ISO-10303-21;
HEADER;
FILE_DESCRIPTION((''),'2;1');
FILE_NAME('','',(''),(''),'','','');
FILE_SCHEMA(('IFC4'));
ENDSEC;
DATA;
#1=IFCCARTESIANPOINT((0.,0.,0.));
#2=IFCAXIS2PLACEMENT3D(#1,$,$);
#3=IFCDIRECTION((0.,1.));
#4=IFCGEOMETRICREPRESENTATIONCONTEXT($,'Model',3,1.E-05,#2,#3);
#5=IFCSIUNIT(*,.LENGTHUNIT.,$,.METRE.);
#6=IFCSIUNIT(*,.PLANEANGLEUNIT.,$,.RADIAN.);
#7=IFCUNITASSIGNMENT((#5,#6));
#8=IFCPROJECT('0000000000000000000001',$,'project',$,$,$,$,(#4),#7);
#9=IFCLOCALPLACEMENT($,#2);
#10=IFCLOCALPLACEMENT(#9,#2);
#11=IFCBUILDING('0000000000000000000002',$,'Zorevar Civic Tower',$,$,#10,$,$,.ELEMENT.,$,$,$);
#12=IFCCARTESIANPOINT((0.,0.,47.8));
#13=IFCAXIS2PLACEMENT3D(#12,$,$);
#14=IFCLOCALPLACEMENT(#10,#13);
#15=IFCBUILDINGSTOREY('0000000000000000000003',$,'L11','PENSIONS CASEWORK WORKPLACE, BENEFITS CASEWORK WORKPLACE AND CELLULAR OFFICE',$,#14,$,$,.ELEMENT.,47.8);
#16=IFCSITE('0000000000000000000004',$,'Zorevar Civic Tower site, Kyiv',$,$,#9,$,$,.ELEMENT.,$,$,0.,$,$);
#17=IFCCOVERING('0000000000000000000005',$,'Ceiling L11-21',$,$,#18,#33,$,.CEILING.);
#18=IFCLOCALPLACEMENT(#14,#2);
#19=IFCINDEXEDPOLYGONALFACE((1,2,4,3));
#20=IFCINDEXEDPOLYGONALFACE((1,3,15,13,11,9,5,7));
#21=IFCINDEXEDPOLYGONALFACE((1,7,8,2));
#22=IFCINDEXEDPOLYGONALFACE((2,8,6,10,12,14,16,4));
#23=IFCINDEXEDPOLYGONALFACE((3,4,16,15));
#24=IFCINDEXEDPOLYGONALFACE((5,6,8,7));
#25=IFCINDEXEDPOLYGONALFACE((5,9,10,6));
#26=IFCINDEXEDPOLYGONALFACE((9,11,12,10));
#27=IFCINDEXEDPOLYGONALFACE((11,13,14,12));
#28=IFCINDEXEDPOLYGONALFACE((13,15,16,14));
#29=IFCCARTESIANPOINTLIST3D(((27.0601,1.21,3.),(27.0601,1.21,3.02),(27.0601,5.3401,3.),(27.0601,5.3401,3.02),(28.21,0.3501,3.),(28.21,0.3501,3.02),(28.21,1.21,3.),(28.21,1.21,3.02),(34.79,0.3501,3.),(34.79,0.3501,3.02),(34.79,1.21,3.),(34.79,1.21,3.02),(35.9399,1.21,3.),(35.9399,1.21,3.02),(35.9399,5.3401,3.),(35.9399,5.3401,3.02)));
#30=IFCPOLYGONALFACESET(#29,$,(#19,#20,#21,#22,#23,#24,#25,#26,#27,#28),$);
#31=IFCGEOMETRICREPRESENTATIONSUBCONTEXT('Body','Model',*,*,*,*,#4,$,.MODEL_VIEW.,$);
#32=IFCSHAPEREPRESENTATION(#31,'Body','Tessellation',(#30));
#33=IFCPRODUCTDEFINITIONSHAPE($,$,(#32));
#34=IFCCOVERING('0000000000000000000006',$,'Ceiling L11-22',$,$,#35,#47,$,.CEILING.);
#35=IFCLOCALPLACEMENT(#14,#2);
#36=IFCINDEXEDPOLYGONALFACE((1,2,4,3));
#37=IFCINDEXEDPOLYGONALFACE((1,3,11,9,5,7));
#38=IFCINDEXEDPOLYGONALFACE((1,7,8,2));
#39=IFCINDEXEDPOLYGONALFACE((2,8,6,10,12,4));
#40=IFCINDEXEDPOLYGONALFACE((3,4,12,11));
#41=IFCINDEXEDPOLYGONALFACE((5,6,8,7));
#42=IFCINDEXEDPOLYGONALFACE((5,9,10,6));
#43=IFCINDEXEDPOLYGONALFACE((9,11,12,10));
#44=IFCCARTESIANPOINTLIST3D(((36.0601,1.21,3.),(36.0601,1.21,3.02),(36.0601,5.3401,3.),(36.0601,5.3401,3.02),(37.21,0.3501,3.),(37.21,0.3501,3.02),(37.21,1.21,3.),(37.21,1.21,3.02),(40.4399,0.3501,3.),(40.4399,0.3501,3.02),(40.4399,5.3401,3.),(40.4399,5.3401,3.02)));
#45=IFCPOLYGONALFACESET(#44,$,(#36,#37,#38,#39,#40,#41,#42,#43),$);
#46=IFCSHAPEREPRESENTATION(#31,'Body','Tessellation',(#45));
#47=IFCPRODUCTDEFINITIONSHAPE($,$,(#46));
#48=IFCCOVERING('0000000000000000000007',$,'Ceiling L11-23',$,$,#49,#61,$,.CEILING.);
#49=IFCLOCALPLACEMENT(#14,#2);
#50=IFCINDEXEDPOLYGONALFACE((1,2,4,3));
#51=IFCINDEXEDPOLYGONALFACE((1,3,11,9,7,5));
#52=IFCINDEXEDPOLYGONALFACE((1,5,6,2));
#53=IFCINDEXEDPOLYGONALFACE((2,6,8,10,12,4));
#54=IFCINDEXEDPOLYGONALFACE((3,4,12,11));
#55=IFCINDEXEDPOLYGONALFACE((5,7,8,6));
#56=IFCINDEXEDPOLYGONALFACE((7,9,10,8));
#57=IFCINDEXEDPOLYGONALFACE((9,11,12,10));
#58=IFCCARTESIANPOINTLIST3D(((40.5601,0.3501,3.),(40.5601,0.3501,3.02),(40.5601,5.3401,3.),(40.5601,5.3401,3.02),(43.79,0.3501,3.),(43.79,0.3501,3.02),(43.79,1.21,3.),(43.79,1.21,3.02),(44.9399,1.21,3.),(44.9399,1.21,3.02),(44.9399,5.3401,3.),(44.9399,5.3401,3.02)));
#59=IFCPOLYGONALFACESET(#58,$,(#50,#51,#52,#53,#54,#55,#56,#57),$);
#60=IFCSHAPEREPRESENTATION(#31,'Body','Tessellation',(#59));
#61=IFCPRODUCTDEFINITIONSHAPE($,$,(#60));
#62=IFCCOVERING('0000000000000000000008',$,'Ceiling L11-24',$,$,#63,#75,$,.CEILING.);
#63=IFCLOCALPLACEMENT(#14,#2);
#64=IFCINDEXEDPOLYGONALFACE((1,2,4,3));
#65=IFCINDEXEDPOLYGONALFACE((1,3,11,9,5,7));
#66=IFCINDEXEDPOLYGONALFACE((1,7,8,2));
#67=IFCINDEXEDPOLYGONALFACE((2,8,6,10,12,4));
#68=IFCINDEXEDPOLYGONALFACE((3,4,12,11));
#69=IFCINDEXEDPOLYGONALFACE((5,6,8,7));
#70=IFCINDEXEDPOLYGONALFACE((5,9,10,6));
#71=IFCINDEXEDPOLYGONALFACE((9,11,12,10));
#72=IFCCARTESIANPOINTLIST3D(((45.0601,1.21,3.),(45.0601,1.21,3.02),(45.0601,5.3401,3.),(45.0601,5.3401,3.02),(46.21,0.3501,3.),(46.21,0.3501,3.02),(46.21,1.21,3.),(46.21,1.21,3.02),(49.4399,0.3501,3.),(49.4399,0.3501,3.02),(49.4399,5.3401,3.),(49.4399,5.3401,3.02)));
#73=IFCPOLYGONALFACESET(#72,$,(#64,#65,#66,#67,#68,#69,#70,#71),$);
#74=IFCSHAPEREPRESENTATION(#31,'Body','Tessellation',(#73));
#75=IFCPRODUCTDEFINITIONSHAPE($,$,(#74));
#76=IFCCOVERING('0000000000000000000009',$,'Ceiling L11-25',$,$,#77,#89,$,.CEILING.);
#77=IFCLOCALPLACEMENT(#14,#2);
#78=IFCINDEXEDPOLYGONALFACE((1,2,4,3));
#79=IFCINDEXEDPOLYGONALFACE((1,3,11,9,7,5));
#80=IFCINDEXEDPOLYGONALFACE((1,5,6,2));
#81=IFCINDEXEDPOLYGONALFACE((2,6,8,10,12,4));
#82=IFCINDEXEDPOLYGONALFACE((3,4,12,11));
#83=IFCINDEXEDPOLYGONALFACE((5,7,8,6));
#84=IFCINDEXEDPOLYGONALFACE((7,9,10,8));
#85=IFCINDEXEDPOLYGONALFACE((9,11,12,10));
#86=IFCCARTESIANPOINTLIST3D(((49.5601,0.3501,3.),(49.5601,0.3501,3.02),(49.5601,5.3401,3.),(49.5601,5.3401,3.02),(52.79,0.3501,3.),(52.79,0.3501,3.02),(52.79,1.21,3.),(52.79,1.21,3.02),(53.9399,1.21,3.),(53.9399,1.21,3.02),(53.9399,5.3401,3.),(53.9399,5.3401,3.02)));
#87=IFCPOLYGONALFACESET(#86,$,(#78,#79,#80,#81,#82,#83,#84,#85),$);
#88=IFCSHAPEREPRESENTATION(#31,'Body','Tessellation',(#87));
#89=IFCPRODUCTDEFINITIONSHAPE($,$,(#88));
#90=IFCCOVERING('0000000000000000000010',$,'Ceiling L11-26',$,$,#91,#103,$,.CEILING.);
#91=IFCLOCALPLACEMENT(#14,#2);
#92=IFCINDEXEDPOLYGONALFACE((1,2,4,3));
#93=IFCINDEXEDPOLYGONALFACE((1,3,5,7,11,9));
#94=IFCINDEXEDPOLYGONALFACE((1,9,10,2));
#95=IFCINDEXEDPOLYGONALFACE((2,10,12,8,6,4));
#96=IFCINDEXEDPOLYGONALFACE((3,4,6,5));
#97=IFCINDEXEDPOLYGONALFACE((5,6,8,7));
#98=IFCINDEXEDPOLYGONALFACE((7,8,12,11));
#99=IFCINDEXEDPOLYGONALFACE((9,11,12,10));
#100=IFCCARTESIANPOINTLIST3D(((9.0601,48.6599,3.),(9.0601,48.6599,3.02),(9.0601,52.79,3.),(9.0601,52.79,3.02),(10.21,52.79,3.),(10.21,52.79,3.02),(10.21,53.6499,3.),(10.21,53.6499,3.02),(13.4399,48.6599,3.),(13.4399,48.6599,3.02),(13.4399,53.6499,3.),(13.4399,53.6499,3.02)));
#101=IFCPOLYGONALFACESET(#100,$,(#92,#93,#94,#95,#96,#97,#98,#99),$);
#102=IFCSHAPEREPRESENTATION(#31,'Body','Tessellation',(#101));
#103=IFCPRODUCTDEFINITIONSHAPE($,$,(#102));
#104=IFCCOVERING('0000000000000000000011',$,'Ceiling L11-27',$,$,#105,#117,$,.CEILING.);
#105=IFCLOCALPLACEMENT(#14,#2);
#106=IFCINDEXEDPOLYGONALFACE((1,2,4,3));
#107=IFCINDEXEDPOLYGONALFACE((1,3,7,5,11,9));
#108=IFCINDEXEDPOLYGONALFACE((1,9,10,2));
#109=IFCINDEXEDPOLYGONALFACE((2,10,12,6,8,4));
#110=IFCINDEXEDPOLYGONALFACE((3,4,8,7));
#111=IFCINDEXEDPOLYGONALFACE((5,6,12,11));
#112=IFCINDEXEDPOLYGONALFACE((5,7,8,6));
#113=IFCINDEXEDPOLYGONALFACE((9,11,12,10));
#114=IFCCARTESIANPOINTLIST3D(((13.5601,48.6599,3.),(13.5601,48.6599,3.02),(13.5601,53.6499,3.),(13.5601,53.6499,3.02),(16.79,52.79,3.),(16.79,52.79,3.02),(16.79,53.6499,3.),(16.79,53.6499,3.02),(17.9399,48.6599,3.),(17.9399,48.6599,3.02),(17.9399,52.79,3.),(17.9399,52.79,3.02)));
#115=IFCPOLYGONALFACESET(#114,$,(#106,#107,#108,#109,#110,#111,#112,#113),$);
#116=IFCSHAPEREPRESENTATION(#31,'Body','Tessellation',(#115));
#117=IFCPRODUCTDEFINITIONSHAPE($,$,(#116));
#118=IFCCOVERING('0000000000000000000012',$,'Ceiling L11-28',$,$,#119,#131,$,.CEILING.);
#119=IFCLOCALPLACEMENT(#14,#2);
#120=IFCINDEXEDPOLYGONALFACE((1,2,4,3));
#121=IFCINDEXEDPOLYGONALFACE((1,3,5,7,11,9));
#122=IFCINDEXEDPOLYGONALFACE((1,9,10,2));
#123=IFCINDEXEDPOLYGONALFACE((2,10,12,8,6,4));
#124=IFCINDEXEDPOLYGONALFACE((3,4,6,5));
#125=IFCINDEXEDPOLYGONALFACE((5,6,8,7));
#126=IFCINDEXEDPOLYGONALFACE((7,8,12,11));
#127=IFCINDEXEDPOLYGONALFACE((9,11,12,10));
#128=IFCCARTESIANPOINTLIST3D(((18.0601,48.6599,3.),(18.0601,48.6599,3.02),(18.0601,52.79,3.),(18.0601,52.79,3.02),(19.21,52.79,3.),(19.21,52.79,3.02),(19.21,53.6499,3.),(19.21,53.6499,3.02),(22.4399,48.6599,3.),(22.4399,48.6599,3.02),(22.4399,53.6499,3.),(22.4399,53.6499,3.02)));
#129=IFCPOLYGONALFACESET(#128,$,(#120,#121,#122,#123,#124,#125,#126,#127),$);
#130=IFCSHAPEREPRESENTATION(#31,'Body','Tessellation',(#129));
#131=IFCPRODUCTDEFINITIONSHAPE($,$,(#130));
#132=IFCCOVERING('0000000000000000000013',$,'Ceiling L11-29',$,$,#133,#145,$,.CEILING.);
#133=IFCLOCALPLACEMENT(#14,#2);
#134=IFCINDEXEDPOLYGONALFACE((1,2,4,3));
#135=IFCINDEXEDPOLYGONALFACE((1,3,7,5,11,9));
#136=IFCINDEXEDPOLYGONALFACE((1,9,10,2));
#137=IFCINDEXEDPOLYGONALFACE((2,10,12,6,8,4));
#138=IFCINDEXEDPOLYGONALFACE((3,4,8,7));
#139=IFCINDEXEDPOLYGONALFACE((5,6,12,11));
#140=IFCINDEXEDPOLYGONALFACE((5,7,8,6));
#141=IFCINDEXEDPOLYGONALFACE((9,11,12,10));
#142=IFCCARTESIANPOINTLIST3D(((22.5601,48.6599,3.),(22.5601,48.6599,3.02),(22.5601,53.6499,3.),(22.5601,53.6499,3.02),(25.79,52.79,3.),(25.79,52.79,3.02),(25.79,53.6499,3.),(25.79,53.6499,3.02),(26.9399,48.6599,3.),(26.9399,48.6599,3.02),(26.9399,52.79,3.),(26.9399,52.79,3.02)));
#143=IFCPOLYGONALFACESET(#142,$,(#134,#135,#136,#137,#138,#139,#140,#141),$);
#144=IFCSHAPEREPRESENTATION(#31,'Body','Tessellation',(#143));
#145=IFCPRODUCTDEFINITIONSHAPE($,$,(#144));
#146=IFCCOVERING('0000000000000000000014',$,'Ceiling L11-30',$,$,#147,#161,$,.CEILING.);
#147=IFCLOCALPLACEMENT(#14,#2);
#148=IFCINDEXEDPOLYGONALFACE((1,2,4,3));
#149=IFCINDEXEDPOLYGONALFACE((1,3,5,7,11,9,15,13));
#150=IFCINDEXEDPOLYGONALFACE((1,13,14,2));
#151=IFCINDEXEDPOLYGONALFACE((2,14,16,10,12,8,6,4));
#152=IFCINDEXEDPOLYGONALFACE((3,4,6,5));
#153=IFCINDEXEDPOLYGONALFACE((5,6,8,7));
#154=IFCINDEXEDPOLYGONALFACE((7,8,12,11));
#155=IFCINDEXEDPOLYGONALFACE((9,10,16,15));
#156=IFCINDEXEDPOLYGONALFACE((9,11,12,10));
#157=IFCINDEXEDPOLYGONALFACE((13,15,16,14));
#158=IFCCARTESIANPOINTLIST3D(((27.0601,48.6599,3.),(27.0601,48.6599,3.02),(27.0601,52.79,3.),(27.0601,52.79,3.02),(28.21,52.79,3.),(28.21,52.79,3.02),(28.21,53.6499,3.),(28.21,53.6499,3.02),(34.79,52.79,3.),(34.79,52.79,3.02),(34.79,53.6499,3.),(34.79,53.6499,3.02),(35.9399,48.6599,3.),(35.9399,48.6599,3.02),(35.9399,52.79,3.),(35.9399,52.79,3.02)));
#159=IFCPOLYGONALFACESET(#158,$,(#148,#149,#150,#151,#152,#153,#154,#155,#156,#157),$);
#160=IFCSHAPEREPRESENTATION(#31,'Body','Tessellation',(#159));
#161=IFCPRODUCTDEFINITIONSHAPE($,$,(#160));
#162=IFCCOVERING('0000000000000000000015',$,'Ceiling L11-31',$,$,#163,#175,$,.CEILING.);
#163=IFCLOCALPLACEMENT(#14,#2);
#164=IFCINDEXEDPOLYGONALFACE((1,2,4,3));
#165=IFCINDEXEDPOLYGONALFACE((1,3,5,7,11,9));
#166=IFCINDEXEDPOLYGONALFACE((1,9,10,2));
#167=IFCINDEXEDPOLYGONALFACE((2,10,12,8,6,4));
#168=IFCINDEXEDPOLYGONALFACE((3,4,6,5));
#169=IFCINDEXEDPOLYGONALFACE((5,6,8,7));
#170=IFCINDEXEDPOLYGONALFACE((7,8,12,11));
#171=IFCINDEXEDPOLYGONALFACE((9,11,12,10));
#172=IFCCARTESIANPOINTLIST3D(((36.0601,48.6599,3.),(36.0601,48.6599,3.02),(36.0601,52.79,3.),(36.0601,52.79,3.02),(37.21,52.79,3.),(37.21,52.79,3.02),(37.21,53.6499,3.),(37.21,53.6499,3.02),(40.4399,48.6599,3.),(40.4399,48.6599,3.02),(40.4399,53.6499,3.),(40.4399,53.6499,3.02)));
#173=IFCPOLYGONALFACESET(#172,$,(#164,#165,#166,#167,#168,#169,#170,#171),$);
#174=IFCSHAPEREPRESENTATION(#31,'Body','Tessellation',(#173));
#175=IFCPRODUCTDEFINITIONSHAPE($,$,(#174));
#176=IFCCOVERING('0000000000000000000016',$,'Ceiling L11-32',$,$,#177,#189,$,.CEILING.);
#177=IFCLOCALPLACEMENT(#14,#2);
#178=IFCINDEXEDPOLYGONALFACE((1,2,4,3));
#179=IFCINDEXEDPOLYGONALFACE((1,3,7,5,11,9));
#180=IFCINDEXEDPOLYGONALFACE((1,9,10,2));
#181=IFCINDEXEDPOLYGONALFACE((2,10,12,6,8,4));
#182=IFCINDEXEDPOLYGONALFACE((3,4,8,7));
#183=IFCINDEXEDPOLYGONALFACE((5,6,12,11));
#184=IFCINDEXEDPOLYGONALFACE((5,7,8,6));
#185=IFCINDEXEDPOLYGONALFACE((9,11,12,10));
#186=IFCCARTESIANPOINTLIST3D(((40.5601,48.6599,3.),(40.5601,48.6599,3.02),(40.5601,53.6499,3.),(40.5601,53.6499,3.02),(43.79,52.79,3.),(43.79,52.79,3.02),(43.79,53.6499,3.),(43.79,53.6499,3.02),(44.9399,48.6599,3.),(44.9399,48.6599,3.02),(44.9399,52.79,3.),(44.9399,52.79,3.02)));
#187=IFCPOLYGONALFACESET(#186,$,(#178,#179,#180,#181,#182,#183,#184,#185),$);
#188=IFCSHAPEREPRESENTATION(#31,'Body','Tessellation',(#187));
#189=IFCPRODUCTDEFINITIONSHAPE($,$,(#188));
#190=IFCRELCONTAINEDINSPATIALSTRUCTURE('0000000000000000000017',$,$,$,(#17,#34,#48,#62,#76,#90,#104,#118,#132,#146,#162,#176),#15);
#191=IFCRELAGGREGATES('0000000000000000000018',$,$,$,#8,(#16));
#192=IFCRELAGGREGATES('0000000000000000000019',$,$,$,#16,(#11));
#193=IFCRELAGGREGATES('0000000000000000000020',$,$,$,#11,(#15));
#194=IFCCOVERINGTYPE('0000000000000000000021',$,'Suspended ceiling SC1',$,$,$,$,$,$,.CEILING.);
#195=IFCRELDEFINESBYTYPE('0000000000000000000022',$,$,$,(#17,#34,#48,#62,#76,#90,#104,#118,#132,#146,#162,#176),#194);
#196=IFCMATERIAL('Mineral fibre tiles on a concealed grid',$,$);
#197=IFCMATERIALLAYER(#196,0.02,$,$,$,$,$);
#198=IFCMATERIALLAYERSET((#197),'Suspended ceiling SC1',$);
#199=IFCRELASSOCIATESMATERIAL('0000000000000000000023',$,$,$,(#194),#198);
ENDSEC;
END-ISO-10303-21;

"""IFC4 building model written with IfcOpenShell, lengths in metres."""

from ifc_helpers import new_model, si_unit, direction, frame, origin, place, context, subcontext, project, spatial, polyline, outline, extrude, material, layer, layer_set, type_object, element, save


model = new_model("IFC4")

# Units and contexts
model_context = context("Model", 3, precision=1e-05, world=origin(), true_north=direction((0.0, 1.0)))
body_context = subcontext(model_context, "Body", "Model", "MODEL_VIEW")
ifc_project = project(units=[si_unit("LENGTHUNIT", "METRE"), si_unit("PLANEANGLEUNIT", "RADIAN")], contexts=[model_context])

# Site, building, storey
site_placement = place(None, origin())
site = spatial("IfcSite", under=ifc_project, at=site_placement, Name="Zorevar Civic Tower site, Kyiv", CompositionType="ELEMENT", RefElevation=0.0)
building_placement = place(site_placement, origin())
building = spatial("IfcBuilding", under=site, at=building_placement, Name="Zorevar Civic Tower", CompositionType="ELEMENT")
storey_placement = place(building_placement, frame((0.0, 0.0, 47.8)))
storey = spatial("IfcBuildingStorey", under=building, at=storey_placement, Name="L11", Description="PENSIONS CASEWORK WORKPLACE, BENEFITS CASEWORK WORKPLACE AND CELLULAR OFFICE", CompositionType="ELEMENT", Elevation=47.8)

# Coverings
ifc_material_1 = material(Name="Mineral fibre tiles on a concealed grid")
ifc_layer_1 = layer(ifc_material_1, 0.02)
ifc_layer_set_1 = layer_set([ifc_layer_1], Name="Suspended ceiling SC1")
covering_type_1 = type_object("IfcCoveringType", Name="Suspended ceiling SC1", PredefinedType="CEILING", material=ifc_layer_set_1)
covering_1_placement = place(storey_placement, frame((0.0, 0.0, 3.0)))
element("IfcCovering", 1, at=covering_1_placement, inside=storey, type_object=covering_type_1, Name="Ceiling L11-21", PredefinedType="CEILING", context=body_context, shape_type="SweptSolid", body=[
    extrude(outline(polyline([(28.21, 0.3501), (28.21, 1.21), (27.0601, 1.21), (27.0601, 5.3401), (35.9399, 5.3401), (35.9399, 1.21), (34.79, 1.21), (34.79, 0.3501), (28.21, 0.3501)])), origin(), (0.0, 0.0, 1.0), 0.02),
])
covering_2_placement = place(storey_placement, frame((0.0, 0.0, 3.0)))
element("IfcCovering", 2, at=covering_2_placement, inside=storey, type_object=covering_type_1, Name="Ceiling L11-22", PredefinedType="CEILING", context=body_context, shape_type="SweptSolid", body=[
    extrude(outline(polyline([(40.4399, 5.3401), (40.4399, 0.3501), (37.21, 0.3501), (37.21, 1.21), (36.0601, 1.21), (36.0601, 5.3401), (40.4399, 5.3401)])), origin(), (0.0, 0.0, 1.0), 0.02),
])
covering_3_placement = place(storey_placement, frame((0.0, 0.0, 3.0)))
element("IfcCovering", 3, at=covering_3_placement, inside=storey, type_object=covering_type_1, Name="Ceiling L11-23", PredefinedType="CEILING", context=body_context, shape_type="SweptSolid", body=[
    extrude(outline(polyline([(44.9399, 5.3401), (44.9399, 1.21), (43.79, 1.21), (43.79, 0.3501), (40.5601, 0.3501), (40.5601, 5.3401), (44.9399, 5.3401)])), origin(), (0.0, 0.0, 1.0), 0.02),
])
covering_4_placement = place(storey_placement, frame((0.0, 0.0, 3.0)))
element("IfcCovering", 4, at=covering_4_placement, inside=storey, type_object=covering_type_1, Name="Ceiling L11-24", PredefinedType="CEILING", context=body_context, shape_type="SweptSolid", body=[
    extrude(outline(polyline([(49.4399, 5.3401), (49.4399, 0.3501), (46.21, 0.3501), (46.21, 1.21), (45.0601, 1.21), (45.0601, 5.3401), (49.4399, 5.3401)])), origin(), (0.0, 0.0, 1.0), 0.02),
])
covering_5_placement = place(storey_placement, frame((0.0, 0.0, 3.0)))
element("IfcCovering", 5, at=covering_5_placement, inside=storey, type_object=covering_type_1, Name="Ceiling L11-25", PredefinedType="CEILING", context=body_context, shape_type="SweptSolid", body=[
    extrude(outline(polyline([(53.9399, 5.3401), (53.9399, 1.21), (52.79, 1.21), (52.79, 0.3501), (49.5601, 0.3501), (49.5601, 5.3401), (53.9399, 5.3401)])), origin(), (0.0, 0.0, 1.0), 0.02),
])
covering_6_placement = place(storey_placement, frame((0.0, 0.0, 3.0)))
element("IfcCovering", 6, at=covering_6_placement, inside=storey, type_object=covering_type_1, Name="Ceiling L11-26", PredefinedType="CEILING", context=body_context, shape_type="SweptSolid", body=[
    extrude(outline(polyline([(9.0601, 48.6599), (9.0601, 52.79), (10.21, 52.79), (10.21, 53.6499), (13.4399, 53.6499), (13.4399, 48.6599), (9.0601, 48.6599)])), origin(), (0.0, 0.0, 1.0), 0.02),
])
covering_7_placement = place(storey_placement, frame((0.0, 0.0, 3.0)))
element("IfcCovering", 7, at=covering_7_placement, inside=storey, type_object=covering_type_1, Name="Ceiling L11-27", PredefinedType="CEILING", context=body_context, shape_type="SweptSolid", body=[
    extrude(outline(polyline([(13.5601, 48.6599), (13.5601, 53.6499), (16.79, 53.6499), (16.79, 52.79), (17.9399, 52.79), (17.9399, 48.6599), (13.5601, 48.6599)])), origin(), (0.0, 0.0, 1.0), 0.02),
])
covering_8_placement = place(storey_placement, frame((0.0, 0.0, 3.0)))
element("IfcCovering", 8, at=covering_8_placement, inside=storey, type_object=covering_type_1, Name="Ceiling L11-28", PredefinedType="CEILING", context=body_context, shape_type="SweptSolid", body=[
    extrude(outline(polyline([(18.0601, 48.6599), (18.0601, 52.79), (19.21, 52.79), (19.21, 53.6499), (22.4399, 53.6499), (22.4399, 48.6599), (18.0601, 48.6599)])), origin(), (0.0, 0.0, 1.0), 0.02),
])
covering_9_placement = place(storey_placement, frame((0.0, 0.0, 3.0)))
element("IfcCovering", 9, at=covering_9_placement, inside=storey, type_object=covering_type_1, Name="Ceiling L11-29", PredefinedType="CEILING", context=body_context, shape_type="SweptSolid", body=[
    extrude(outline(polyline([(22.5601, 48.6599), (22.5601, 53.6499), (25.79, 53.6499), (25.79, 52.79), (26.9399, 52.79), (26.9399, 48.6599), (22.5601, 48.6599)])), origin(), (0.0, 0.0, 1.0), 0.02),
])
covering_10_placement = place(storey_placement, frame((0.0, 0.0, 3.0)))
element("IfcCovering", 10, at=covering_10_placement, inside=storey, type_object=covering_type_1, Name="Ceiling L11-30", PredefinedType="CEILING", context=body_context, shape_type="SweptSolid", body=[
    extrude(outline(polyline([(28.21, 52.79), (28.21, 53.6499), (34.79, 53.6499), (34.79, 52.79), (35.9399, 52.79), (35.9399, 48.6599), (27.0601, 48.6599), (27.0601, 52.79), (28.21, 52.79)])), origin(), (0.0, 0.0, 1.0), 0.02),
])
covering_11_placement = place(storey_placement, frame((0.0, 0.0, 3.0)))
element("IfcCovering", 11, at=covering_11_placement, inside=storey, type_object=covering_type_1, Name="Ceiling L11-31", PredefinedType="CEILING", context=body_context, shape_type="SweptSolid", body=[
    extrude(outline(polyline([(36.0601, 48.6599), (36.0601, 52.79), (37.21, 52.79), (37.21, 53.6499), (40.4399, 53.6499), (40.4399, 48.6599), (36.0601, 48.6599)])), origin(), (0.0, 0.0, 1.0), 0.02),
])
covering_12_placement = place(storey_placement, frame((0.0, 0.0, 3.0)))
element("IfcCovering", 12, at=covering_12_placement, inside=storey, type_object=covering_type_1, Name="Ceiling L11-32", PredefinedType="CEILING", context=body_context, shape_type="SweptSolid", body=[
    extrude(outline(polyline([(40.5601, 48.6599), (40.5601, 53.6499), (43.79, 53.6499), (43.79, 52.79), (44.9399, 52.79), (44.9399, 48.6599), (40.5601, 48.6599)])), origin(), (0.0, 0.0, 1.0), 0.02),
])

save(model, "model.ifc")
